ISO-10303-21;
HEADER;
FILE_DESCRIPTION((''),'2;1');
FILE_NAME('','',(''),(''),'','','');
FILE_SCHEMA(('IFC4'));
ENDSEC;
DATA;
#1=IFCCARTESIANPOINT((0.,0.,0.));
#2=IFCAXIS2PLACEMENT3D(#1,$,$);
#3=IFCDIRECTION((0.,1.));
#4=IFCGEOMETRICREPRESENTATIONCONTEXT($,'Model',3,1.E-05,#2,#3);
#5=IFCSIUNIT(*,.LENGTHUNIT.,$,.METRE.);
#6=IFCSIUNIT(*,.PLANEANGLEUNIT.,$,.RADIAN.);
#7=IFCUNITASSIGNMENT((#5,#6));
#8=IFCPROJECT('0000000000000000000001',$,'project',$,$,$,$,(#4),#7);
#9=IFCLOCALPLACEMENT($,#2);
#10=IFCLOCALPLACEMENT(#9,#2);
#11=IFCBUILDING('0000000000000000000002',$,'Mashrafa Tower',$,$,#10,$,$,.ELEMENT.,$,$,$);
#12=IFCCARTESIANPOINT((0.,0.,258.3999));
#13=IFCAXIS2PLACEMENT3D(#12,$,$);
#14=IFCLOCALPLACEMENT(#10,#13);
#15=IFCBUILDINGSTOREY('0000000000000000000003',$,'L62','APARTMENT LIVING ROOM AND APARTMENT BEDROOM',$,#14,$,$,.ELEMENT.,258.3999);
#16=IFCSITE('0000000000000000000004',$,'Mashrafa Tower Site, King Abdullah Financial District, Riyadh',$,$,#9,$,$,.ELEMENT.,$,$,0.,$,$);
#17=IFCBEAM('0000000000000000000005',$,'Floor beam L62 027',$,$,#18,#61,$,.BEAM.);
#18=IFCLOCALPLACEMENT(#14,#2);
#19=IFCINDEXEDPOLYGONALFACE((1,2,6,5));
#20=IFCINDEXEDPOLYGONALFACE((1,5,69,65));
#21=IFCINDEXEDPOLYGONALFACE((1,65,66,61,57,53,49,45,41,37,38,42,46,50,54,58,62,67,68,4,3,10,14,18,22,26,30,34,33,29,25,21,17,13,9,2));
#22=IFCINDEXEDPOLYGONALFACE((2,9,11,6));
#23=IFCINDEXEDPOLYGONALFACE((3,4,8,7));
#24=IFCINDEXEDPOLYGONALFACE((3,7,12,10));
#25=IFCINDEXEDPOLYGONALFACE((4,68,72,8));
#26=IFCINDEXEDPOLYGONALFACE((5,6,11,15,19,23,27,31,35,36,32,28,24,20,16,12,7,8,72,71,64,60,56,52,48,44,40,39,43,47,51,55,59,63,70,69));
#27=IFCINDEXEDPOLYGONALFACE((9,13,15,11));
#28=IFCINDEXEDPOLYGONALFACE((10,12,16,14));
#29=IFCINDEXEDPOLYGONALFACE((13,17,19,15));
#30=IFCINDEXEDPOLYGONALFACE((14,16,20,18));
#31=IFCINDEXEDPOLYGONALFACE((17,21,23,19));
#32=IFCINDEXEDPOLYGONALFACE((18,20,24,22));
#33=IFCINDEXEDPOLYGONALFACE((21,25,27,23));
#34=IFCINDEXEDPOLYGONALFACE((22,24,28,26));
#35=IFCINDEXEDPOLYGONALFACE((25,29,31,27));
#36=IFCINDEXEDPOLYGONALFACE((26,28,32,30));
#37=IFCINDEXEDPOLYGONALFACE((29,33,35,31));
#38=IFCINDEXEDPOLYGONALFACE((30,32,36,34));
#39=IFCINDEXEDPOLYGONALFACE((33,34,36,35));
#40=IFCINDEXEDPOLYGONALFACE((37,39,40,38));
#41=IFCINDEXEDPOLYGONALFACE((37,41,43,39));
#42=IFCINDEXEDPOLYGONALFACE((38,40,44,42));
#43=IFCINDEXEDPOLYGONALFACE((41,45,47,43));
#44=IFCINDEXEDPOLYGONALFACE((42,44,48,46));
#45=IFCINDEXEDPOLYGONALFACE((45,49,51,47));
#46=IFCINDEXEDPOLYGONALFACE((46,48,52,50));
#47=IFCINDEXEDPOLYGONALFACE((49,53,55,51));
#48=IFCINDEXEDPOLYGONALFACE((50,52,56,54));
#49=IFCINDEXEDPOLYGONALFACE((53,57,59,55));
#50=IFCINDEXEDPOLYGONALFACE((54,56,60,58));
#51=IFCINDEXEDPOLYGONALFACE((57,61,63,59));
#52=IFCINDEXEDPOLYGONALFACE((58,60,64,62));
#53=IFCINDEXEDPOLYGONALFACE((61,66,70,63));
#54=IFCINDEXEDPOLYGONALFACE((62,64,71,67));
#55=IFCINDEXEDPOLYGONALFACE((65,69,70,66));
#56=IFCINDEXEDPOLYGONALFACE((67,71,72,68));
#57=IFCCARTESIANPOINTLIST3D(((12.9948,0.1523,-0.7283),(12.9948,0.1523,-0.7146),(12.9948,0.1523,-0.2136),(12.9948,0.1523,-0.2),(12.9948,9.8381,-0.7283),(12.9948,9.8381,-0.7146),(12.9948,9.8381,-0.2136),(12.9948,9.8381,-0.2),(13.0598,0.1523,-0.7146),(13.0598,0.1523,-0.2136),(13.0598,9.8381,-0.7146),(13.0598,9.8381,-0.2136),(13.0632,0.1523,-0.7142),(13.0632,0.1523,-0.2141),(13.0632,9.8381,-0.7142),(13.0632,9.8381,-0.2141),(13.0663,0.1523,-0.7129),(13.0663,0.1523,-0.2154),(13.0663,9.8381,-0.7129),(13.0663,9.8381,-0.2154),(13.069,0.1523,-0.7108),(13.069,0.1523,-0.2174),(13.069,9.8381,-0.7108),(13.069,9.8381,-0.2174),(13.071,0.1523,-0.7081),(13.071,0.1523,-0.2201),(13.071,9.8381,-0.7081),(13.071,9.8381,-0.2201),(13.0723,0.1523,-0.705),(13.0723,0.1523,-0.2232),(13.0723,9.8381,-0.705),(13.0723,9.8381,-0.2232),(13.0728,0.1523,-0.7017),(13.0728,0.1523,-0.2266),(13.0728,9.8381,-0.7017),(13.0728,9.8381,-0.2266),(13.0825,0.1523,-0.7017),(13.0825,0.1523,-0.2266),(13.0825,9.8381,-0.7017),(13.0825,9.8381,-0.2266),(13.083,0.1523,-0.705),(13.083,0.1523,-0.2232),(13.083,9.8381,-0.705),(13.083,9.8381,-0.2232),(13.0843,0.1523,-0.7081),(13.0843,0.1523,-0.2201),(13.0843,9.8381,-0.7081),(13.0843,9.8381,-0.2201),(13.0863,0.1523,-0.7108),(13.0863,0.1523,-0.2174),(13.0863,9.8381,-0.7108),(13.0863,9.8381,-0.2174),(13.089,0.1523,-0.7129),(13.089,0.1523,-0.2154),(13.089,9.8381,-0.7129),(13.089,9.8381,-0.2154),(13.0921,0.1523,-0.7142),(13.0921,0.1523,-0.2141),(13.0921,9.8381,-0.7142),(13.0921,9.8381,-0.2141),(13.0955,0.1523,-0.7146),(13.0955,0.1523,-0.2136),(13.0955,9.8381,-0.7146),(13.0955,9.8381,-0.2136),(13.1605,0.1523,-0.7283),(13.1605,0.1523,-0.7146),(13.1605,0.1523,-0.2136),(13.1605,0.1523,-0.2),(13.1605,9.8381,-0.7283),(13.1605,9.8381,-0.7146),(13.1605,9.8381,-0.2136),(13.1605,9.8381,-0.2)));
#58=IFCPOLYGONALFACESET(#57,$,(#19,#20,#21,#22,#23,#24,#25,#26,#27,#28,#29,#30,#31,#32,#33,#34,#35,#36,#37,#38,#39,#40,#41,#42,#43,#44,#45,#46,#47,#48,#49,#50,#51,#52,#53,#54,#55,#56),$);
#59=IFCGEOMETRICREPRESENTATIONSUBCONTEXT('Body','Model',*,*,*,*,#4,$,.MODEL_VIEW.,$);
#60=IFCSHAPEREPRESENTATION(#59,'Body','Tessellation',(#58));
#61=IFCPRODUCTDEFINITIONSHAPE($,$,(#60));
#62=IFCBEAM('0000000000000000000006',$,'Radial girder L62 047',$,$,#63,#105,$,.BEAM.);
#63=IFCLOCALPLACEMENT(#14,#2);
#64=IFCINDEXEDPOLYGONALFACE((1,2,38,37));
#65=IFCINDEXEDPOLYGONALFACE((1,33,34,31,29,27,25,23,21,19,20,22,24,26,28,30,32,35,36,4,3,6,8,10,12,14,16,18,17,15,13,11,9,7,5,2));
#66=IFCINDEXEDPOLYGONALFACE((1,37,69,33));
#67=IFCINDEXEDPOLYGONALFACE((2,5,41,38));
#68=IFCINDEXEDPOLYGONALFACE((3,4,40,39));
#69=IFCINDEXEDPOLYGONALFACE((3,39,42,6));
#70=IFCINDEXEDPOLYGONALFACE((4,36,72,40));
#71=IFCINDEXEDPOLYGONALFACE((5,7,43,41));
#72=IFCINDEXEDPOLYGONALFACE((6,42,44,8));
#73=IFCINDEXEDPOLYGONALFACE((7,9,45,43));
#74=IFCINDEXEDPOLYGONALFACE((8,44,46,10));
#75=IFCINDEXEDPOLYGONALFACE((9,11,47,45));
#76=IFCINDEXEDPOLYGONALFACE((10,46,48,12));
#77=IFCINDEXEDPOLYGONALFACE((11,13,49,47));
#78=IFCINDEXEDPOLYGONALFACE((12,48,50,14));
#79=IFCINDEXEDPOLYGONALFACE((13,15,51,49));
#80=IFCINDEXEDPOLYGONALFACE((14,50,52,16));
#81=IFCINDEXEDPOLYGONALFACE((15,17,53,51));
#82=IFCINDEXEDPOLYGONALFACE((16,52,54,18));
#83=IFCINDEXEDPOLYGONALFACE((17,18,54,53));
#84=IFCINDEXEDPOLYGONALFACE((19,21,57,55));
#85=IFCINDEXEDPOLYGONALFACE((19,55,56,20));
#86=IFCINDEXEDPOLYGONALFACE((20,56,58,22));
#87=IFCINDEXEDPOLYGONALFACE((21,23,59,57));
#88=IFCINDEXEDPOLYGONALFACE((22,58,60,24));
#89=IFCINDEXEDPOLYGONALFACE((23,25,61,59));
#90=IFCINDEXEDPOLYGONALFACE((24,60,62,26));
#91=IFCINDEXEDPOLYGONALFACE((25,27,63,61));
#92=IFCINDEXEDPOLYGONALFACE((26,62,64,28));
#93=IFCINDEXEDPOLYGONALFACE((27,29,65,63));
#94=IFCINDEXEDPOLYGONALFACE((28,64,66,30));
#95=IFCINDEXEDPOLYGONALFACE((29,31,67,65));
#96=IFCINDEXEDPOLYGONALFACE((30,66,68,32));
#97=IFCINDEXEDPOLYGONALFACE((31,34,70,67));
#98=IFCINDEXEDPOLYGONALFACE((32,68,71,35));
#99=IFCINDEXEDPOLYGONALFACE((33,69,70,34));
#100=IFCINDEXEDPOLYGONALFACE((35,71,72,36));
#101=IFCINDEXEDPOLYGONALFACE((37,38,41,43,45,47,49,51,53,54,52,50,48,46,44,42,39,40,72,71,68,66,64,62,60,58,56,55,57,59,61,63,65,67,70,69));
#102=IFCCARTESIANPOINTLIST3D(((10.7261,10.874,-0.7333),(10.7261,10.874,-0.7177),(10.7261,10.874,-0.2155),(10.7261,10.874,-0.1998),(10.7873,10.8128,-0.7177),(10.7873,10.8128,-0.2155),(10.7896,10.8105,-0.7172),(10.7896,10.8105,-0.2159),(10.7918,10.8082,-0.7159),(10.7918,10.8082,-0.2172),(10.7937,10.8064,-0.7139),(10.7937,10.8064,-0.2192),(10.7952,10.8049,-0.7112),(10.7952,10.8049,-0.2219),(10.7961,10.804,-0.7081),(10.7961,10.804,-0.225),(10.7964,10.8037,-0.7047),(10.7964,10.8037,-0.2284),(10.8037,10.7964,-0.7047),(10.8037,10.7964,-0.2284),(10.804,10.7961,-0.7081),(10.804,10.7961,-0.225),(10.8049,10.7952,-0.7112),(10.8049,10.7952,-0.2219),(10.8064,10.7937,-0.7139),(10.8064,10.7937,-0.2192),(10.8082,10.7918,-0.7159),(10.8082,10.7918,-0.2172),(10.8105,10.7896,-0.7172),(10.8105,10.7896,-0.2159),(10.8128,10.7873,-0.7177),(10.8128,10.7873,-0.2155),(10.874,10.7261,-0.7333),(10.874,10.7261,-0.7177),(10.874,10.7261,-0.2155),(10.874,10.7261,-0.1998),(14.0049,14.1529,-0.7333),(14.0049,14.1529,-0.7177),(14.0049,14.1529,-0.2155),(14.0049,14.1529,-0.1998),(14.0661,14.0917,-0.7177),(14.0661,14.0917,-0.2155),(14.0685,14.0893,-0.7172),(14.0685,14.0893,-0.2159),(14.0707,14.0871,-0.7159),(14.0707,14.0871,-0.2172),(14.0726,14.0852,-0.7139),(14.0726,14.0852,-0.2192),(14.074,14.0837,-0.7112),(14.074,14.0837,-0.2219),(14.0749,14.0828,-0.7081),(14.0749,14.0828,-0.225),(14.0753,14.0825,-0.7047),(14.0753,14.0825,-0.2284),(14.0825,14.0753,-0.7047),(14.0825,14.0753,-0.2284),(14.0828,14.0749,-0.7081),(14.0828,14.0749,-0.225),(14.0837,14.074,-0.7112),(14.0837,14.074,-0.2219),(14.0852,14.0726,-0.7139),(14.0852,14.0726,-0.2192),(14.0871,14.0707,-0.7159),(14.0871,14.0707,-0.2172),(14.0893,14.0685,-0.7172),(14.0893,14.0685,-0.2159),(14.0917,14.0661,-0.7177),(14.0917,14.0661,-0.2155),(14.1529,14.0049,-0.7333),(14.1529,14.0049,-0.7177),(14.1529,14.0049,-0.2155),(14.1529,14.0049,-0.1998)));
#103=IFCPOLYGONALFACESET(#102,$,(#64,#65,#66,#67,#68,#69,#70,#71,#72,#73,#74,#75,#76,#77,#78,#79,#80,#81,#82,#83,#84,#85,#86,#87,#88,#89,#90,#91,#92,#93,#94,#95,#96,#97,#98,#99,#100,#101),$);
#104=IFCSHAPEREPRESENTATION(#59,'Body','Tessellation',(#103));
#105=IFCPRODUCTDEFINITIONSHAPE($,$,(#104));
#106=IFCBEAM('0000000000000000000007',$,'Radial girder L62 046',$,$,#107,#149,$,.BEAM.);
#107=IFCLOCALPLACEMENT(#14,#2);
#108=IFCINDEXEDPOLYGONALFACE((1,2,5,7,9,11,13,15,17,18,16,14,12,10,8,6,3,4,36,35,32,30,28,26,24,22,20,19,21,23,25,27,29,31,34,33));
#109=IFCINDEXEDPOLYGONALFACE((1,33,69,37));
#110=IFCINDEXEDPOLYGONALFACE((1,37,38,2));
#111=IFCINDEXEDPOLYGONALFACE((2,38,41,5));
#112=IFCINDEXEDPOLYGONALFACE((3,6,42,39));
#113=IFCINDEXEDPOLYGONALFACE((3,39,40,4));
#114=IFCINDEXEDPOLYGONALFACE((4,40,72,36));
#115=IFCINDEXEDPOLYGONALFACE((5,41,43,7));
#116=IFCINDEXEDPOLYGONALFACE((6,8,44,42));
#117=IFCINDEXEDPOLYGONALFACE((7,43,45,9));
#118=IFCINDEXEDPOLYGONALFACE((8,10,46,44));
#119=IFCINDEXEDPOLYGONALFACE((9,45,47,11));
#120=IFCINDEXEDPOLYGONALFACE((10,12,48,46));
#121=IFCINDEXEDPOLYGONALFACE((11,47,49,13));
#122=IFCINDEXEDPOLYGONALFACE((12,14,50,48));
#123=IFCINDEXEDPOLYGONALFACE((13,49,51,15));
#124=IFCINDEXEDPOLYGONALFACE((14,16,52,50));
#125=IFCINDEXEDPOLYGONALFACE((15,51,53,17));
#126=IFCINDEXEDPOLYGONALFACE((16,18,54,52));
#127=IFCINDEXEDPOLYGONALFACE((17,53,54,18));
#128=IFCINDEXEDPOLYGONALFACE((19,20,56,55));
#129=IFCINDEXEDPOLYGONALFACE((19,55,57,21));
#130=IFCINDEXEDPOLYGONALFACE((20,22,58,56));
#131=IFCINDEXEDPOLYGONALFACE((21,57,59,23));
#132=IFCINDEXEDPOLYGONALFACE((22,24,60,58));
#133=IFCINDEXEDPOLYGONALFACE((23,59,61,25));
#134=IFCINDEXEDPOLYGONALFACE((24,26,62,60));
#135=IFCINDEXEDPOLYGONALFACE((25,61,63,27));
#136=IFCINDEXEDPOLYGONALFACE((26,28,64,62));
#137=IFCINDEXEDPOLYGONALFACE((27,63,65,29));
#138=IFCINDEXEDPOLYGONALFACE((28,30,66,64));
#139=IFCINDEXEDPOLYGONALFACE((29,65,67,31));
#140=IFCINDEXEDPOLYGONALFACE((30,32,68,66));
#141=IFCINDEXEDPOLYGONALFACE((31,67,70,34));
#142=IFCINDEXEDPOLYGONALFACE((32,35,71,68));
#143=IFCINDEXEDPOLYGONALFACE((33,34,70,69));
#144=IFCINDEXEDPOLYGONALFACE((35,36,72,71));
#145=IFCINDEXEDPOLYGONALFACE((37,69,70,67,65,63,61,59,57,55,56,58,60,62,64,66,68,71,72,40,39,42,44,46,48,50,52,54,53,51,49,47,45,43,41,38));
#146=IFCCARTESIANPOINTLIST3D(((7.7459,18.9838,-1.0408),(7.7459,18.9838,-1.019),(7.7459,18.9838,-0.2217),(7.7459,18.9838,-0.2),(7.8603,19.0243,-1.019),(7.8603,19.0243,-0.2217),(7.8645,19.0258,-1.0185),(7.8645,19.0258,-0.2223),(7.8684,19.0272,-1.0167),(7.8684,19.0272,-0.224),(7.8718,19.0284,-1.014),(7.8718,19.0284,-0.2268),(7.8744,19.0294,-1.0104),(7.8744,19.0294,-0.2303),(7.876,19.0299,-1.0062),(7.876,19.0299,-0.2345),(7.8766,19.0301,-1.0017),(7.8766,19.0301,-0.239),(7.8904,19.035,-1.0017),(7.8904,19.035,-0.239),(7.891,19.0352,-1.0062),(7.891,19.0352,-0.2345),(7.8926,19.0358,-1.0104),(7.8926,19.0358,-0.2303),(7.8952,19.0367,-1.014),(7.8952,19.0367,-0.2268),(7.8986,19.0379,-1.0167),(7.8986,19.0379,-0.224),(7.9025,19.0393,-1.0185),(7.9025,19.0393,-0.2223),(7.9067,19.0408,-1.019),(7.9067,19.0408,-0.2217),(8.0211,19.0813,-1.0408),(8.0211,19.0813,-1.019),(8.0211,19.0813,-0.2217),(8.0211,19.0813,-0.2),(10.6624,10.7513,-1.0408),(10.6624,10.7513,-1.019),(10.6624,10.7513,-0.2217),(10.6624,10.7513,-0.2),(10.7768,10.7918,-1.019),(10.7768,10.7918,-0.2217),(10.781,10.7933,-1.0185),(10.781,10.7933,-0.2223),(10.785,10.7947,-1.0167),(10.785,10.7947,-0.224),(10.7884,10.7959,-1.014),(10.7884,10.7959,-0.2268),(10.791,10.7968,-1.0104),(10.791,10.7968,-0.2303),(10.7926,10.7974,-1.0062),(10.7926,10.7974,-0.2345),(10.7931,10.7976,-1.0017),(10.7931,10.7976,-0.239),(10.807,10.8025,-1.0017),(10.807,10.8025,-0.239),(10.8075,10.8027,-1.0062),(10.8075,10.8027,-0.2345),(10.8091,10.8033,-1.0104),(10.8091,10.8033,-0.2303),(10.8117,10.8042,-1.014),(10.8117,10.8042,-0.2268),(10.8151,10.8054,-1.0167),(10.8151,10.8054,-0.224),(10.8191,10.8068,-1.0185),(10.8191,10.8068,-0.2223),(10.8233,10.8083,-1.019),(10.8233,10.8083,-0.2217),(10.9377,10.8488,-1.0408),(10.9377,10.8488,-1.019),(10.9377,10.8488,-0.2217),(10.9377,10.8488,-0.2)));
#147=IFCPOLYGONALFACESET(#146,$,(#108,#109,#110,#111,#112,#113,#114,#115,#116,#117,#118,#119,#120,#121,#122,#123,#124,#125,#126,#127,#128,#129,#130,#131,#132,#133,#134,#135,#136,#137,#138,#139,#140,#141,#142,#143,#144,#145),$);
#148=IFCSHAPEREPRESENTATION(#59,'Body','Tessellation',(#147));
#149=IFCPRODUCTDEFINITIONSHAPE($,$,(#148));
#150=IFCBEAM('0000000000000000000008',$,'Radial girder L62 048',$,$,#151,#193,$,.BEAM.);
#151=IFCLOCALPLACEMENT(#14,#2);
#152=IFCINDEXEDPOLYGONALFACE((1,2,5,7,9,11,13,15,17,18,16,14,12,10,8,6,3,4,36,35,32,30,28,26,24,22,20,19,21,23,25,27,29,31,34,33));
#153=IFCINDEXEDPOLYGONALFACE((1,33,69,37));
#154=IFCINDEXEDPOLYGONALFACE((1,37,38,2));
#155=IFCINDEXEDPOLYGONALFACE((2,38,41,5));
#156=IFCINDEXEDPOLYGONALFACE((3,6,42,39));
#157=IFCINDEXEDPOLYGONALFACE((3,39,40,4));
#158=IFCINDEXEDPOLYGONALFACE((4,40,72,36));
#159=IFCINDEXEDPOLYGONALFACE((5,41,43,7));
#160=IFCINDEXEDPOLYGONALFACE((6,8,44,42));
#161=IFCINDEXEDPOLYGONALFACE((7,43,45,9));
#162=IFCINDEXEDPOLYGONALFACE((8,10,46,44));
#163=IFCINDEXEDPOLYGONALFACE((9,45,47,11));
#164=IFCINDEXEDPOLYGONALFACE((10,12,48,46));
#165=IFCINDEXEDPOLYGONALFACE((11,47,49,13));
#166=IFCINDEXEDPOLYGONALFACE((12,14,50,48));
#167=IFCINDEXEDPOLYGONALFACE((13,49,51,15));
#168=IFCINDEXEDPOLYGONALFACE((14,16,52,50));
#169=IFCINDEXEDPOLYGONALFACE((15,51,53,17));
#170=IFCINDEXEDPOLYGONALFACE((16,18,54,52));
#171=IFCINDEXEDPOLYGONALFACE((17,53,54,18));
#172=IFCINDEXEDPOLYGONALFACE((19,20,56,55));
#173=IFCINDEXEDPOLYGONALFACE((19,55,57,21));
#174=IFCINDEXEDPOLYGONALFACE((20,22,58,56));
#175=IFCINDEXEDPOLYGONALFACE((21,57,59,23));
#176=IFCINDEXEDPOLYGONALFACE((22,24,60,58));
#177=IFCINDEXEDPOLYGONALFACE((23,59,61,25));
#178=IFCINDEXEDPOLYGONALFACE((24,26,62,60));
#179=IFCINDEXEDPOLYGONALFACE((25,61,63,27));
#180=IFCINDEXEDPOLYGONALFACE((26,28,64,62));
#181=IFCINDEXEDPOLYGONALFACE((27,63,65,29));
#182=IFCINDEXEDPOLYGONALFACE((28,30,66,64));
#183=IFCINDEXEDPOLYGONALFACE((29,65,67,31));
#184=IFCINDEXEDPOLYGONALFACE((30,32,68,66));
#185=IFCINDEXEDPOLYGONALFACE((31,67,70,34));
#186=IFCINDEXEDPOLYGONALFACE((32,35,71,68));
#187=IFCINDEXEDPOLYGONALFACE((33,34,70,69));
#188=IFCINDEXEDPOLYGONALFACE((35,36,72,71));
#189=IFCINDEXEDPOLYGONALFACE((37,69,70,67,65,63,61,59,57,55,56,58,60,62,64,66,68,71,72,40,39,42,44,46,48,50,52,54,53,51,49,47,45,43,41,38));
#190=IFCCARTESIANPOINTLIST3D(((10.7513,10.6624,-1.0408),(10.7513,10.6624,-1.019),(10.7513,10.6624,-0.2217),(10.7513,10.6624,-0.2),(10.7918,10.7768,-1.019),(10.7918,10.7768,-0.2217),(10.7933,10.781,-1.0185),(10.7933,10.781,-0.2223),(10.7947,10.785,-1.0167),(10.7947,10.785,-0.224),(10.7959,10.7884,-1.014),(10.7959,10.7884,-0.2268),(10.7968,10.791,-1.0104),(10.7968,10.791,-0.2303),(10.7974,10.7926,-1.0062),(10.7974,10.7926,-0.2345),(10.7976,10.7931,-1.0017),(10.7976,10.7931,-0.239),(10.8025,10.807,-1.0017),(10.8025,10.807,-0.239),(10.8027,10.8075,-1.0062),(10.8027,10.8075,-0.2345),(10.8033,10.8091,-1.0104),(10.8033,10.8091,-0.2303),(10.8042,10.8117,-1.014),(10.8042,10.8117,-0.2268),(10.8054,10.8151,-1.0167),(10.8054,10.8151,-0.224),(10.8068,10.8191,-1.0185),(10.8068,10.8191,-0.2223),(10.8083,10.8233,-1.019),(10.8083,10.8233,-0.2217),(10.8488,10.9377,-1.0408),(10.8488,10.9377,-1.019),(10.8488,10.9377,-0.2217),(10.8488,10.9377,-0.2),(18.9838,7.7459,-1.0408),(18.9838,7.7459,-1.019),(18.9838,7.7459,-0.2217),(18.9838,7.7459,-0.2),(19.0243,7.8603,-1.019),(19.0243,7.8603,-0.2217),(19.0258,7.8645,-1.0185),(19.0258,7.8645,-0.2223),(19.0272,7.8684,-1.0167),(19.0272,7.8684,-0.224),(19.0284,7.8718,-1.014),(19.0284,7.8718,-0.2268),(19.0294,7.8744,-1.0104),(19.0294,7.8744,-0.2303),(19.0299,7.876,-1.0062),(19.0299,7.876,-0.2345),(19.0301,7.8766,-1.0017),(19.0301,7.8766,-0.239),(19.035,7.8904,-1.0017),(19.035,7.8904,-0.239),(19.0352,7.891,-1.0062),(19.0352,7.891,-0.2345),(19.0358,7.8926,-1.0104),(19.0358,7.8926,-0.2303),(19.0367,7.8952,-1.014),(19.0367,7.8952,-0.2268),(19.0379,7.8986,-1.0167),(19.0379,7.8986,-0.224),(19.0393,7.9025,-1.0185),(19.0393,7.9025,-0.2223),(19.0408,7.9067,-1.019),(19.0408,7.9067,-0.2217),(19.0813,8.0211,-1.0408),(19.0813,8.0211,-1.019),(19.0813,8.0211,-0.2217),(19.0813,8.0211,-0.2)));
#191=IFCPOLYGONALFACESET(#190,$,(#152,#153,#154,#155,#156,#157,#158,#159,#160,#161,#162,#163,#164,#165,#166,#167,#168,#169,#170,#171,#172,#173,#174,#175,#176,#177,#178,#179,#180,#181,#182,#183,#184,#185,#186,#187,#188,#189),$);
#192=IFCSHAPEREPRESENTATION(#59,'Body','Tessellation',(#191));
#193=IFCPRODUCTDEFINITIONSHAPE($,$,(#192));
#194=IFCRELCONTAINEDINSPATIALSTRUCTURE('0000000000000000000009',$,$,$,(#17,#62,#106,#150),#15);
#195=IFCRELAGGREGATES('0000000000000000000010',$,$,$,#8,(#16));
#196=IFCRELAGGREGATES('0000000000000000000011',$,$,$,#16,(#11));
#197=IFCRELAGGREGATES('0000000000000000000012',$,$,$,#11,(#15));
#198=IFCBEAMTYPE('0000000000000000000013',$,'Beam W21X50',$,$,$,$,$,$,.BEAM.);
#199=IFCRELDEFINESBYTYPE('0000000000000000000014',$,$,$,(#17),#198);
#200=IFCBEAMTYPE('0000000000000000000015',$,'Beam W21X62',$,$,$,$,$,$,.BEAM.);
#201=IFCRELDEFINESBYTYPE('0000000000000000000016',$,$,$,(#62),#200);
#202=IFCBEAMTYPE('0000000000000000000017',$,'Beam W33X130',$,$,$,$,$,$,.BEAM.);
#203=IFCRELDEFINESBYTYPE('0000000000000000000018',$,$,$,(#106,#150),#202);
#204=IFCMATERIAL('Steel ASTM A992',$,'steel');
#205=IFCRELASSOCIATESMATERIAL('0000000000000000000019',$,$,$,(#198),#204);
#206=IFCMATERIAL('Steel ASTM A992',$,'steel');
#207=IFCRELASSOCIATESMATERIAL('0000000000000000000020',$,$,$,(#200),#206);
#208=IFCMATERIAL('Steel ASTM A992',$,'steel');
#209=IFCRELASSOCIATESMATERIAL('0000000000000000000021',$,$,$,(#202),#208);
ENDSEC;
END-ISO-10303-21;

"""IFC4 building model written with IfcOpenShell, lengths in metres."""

from ifc_helpers import new_model, si_unit, direction, frame, origin, origin_2d, place, context, subcontext, project, spatial, i_section, extrude, material, material_profile, profile_set, type_object, element, save


model = new_model("IFC4")

# Units and contexts
model_context = context("Model", 3, precision=1e-05, world=origin(), true_north=direction((0.0, 1.0)))
body_context = subcontext(model_context, "Body", "Model", "MODEL_VIEW")
ifc_project = project(units=[si_unit("LENGTHUNIT", "METRE"), si_unit("PLANEANGLEUNIT", "RADIAN")], contexts=[model_context])

# Site, building, storey
site_placement = place(None, origin())
site = spatial("IfcSite", under=ifc_project, at=site_placement, Name="Mashrafa Tower Site, King Abdullah Financial District, Riyadh", CompositionType="ELEMENT", RefElevation=0.0)
building_placement = place(site_placement, origin())
building = spatial("IfcBuilding", under=site, at=building_placement, Name="Mashrafa Tower", CompositionType="ELEMENT")
storey_placement = place(building_placement, frame((0.0, 0.0, 258.3999)))
storey = spatial("IfcBuildingStorey", under=building, at=storey_placement, Name="L62", Description="APARTMENT LIVING ROOM AND APARTMENT BEDROOM", CompositionType="ELEMENT", Elevation=258.3999)

# Beams
ifc_material_1 = material(Name="Steel ASTM A992", Category="steel")
ifc_material_profile_1 = material_profile(ifc_material_1, i_section(OverallWidth=0.1658, OverallDepth=0.5283, WebThickness=0.0098, FlangeThickness=0.0137, FilletRadius=0.0129, at=origin_2d()), Name="W21X50")
ifc_profile_set_1 = profile_set([ifc_material_profile_1], Name="Steel ASTM A992")
beam_type_1 = type_object("IfcBeamType", Name="Beam W21X50", PredefinedType="BEAM", material=ifc_profile_set_1)
beam_1_placement = place(storey_placement, frame((13.0776, 9.8381, -0.4641), z_axis=(0.0, -1.0, 0.0), x_axis=(1.0, 0.0, 0.0)))
element("IfcBeam", 1, at=beam_1_placement, inside=storey, type_object=beam_type_1, Name="Floor beam L62 027", PredefinedType="BEAM", context=body_context, shape_type="SweptSolid", body=[
    extrude(i_section(OverallWidth=0.1658, OverallDepth=0.5283, WebThickness=0.0098, FlangeThickness=0.0137, FilletRadius=0.0129, at=origin_2d()), origin(), (0.0, 0.0, 1.0), 9.6858),
])
ifc_material_2 = material(Name="Steel ASTM A992", Category="steel")
ifc_material_profile_2 = material_profile(ifc_material_2, i_section(OverallWidth=0.2092, OverallDepth=0.5334, WebThickness=0.0103, FlangeThickness=0.0156, FilletRadius=0.0129, at=origin_2d()), Name="W21X62")
ifc_profile_set_2 = profile_set([ifc_material_profile_2], Name="Steel ASTM A992")
beam_type_2 = type_object("IfcBeamType", Name="Beam W21X62", PredefinedType="BEAM", material=ifc_profile_set_2)
beam_2_placement = place(storey_placement, frame((10.8, 10.8, -0.4666), z_axis=(0.707107, 0.707107, 0.0), x_axis=(-0.707107, 0.707107, 0.0)))
element("IfcBeam", 2, at=beam_2_placement, inside=storey, type_object=beam_type_2, Name="Radial girder L62 047", PredefinedType="BEAM", context=body_context, shape_type="SweptSolid", body=[
    extrude(i_section(OverallWidth=0.2092, OverallDepth=0.5334, WebThickness=0.0103, FlangeThickness=0.0156, FilletRadius=0.0129, at=origin_2d()), origin(), (0.0, 0.0, 1.0), 4.637),
])
ifc_material_3 = material(Name="Steel ASTM A992", Category="steel")
ifc_material_profile_3 = material_profile(ifc_material_3, i_section(OverallWidth=0.292, OverallDepth=0.8408, WebThickness=0.0146, FlangeThickness=0.0217, FilletRadius=0.0173, at=origin_2d()), Name="W33X130")
ifc_profile_set_3 = profile_set([ifc_material_profile_3], Name="Steel ASTM A992")
beam_type_3 = type_object("IfcBeamType", Name="Beam W33X130", PredefinedType="BEAM", material=ifc_profile_set_3)
for number, where, z_axis, x_axis, name in (
    (3, (10.8, 10.8, -0.6204), (-0.333934, 0.942596, 0.0), (-0.942596, -0.333934, 0.0), "Radial girder L62 046"),
    (4, (10.8, 10.8, -0.6204), (0.942596, -0.333934, 0.0), (0.333934, 0.942596, 0.0), "Radial girder L62 048"),
):
    element("IfcBeam", number, at=place(storey_placement, frame(where, z_axis=z_axis, x_axis=x_axis)), inside=storey, type_object=beam_type_3, Name=name, PredefinedType="BEAM", context=body_context, shape_type="SweptSolid", body=[
        extrude(i_section(OverallWidth=0.292, OverallDepth=0.8408, WebThickness=0.0146, FlangeThickness=0.0217, FilletRadius=0.0173, at=origin_2d()), origin(), (0.0, 0.0, 1.0), 8.7339),
    ])

save(model, "model.ifc")
